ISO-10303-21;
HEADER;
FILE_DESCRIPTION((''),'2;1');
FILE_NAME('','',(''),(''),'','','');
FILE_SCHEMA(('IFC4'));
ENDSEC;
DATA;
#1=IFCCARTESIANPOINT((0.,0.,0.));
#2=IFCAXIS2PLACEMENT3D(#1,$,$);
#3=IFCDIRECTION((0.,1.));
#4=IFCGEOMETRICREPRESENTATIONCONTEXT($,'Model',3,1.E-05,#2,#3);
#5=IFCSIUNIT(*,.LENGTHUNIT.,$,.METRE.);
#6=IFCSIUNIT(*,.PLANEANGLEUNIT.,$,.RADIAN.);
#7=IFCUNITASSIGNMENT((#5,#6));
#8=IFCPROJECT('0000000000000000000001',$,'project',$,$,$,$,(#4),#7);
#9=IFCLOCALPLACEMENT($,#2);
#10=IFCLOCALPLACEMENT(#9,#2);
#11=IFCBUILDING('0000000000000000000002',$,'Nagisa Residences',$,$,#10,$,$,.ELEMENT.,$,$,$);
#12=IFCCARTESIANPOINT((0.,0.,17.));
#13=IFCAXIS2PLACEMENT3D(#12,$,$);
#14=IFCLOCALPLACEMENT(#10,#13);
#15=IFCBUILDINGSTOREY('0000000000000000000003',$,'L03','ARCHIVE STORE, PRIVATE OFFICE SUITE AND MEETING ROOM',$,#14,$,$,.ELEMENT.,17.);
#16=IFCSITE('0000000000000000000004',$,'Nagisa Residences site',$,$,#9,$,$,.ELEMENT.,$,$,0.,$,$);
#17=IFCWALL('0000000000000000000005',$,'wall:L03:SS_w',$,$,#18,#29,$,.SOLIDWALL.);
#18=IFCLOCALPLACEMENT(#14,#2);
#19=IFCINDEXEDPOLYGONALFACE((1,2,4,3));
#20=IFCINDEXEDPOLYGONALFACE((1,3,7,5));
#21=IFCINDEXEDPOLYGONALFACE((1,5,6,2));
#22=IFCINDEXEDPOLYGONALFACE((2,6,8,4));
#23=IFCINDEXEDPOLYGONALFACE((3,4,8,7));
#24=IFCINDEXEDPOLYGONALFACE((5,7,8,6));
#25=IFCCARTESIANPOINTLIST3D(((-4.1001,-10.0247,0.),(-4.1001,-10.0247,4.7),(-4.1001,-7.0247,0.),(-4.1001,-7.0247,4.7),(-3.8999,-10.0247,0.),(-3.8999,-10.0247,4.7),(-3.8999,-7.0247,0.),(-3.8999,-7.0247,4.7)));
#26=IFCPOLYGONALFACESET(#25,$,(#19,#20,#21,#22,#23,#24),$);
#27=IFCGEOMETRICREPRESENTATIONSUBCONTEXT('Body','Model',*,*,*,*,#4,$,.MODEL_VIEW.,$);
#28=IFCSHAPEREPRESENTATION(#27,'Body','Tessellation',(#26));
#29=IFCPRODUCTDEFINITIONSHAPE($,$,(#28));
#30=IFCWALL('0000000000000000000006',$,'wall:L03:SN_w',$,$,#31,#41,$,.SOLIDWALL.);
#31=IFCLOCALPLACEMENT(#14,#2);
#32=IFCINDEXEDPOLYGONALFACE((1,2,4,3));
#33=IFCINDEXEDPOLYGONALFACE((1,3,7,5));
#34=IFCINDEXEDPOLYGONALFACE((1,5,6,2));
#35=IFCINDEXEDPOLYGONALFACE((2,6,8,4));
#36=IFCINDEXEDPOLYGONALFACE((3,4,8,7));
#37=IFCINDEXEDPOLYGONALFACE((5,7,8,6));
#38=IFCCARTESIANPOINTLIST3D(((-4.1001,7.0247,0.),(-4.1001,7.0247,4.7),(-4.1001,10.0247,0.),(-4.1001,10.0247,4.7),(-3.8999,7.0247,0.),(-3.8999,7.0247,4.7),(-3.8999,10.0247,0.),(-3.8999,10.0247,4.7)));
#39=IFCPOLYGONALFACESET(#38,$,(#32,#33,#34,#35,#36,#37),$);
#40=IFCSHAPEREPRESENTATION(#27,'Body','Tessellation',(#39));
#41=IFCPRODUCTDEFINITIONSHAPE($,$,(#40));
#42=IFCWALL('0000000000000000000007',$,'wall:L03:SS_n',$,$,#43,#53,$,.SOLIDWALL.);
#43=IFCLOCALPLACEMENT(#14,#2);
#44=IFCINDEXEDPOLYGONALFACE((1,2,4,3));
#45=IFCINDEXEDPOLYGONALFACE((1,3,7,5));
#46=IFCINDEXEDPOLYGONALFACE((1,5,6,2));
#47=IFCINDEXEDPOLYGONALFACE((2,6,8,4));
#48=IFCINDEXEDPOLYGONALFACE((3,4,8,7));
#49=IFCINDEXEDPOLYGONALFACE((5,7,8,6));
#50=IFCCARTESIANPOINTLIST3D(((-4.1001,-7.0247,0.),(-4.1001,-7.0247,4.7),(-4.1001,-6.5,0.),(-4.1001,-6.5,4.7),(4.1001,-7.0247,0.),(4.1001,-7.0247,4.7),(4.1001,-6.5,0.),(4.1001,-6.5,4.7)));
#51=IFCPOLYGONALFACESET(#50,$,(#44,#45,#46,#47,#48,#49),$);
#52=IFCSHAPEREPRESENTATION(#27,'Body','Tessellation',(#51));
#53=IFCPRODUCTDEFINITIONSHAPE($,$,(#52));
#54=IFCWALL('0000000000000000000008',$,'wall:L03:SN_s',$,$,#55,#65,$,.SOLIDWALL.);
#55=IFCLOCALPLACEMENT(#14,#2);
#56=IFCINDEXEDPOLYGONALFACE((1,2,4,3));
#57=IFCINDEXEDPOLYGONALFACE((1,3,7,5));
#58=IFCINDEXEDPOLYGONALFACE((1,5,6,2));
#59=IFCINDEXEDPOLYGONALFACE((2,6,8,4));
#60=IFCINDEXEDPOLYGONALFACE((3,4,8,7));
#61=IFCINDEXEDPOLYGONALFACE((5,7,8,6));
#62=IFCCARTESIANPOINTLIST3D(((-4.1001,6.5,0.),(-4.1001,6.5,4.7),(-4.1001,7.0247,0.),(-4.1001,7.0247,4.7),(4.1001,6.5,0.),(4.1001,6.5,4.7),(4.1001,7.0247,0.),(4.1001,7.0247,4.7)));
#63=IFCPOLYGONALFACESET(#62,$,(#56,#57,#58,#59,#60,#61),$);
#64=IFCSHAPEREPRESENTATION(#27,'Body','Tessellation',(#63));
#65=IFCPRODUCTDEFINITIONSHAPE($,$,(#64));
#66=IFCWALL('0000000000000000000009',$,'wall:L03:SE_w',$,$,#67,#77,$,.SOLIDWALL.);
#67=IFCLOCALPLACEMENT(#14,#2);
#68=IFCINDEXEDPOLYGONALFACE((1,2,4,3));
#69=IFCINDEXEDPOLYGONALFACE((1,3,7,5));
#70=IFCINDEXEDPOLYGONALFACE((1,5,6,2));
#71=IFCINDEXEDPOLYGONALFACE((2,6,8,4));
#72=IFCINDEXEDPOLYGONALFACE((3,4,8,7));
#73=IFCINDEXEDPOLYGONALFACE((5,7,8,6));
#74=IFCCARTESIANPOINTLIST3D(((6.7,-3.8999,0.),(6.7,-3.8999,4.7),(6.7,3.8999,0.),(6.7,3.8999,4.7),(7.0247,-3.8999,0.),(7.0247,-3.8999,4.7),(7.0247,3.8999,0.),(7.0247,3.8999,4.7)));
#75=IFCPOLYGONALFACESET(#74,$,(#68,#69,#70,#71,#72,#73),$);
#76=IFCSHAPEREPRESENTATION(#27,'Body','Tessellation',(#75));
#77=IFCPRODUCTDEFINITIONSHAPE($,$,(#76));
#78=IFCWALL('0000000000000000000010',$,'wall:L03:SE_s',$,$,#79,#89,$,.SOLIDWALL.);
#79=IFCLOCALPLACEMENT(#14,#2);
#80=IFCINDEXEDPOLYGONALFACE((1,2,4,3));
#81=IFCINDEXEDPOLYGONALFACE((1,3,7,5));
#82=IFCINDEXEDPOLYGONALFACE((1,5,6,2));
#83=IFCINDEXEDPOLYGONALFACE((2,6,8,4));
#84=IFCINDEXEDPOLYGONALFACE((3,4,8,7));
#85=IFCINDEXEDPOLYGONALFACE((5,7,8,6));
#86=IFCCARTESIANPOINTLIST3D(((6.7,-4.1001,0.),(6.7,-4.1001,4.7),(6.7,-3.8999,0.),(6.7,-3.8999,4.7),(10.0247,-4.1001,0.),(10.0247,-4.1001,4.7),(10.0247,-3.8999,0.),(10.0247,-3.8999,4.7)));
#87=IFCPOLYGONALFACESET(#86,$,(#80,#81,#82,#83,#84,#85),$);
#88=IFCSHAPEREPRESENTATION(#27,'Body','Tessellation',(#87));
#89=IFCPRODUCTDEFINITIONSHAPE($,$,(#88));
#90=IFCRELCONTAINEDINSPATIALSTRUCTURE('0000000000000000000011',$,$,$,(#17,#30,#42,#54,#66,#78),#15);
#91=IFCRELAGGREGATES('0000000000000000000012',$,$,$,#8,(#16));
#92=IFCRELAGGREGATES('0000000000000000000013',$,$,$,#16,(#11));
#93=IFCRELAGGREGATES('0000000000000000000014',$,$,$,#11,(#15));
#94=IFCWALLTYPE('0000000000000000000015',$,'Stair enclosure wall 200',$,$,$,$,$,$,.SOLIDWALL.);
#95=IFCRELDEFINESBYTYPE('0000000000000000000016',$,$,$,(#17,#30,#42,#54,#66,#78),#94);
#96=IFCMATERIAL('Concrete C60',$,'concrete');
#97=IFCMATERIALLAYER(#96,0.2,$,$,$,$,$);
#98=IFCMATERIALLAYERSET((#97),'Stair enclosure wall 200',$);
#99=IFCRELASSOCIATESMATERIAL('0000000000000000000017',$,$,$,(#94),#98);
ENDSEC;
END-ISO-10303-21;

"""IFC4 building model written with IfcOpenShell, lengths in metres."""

from ifc_helpers import new_model, si_unit, direction, frame, origin, place, context, subcontext, project, spatial, polyline, outline, extrude, material, layer, layer_set, type_object, element, save


model = new_model("IFC4")

# Units and contexts
model_context = context("Model", 3, precision=1e-05, world=origin(), true_north=direction((0.0, 1.0)))
body_context = subcontext(model_context, "Body", "Model", "MODEL_VIEW")
ifc_project = project(units=[si_unit("LENGTHUNIT", "METRE"), si_unit("PLANEANGLEUNIT", "RADIAN")], contexts=[model_context])

# Site, building, storey
site_placement = place(None, origin())
site = spatial("IfcSite", under=ifc_project, at=site_placement, Name="Nagisa Residences site", CompositionType="ELEMENT", RefElevation=0.0)
building_placement = place(site_placement, origin())
building = spatial("IfcBuilding", under=site, at=building_placement, Name="Nagisa Residences", CompositionType="ELEMENT")
storey_placement = place(building_placement, frame((0.0, 0.0, 17.0)))
storey = spatial("IfcBuildingStorey", under=building, at=storey_placement, Name="L03", Description="ARCHIVE STORE, PRIVATE OFFICE SUITE AND MEETING ROOM", CompositionType="ELEMENT", Elevation=17.0)

# Walls
ifc_material_1 = material(Name="Concrete C60", Category="concrete")
ifc_layer_1 = layer(ifc_material_1, 0.2)
ifc_layer_set_1 = layer_set([ifc_layer_1], Name="Stair enclosure wall 200")
wall_type_1 = type_object("IfcWallType", Name="Stair enclosure wall 200", PredefinedType="SOLIDWALL", material=ifc_layer_set_1)
wall_1_placement = place(storey_placement, origin())
element("IfcWall", 1, at=wall_1_placement, inside=storey, type_object=wall_type_1, Name="wall:L03:SS_w", PredefinedType="SOLIDWALL", context=body_context, shape_type="SweptSolid", body=[
    extrude(outline(polyline([(-3.8999, -10.0247), (-4.1001, -10.0247), (-4.1001, -7.0247), (-3.8999, -7.0247), (-3.8999, -10.0247)])), origin(), (0.0, 0.0, 1.0), 4.7),
])
wall_2_placement = place(storey_placement, origin())
element("IfcWall", 2, at=wall_2_placement, inside=storey, type_object=wall_type_1, Name="wall:L03:SN_w", PredefinedType="SOLIDWALL", context=body_context, shape_type="SweptSolid", body=[
    extrude(outline(polyline([(-3.8999, 7.0247), (-4.1001, 7.0247), (-4.1001, 10.0247), (-3.8999, 10.0247), (-3.8999, 7.0247)])), origin(), (0.0, 0.0, 1.0), 4.7),
])
wall_3_placement = place(storey_placement, origin())
element("IfcWall", 3, at=wall_3_placement, inside=storey, type_object=wall_type_1, Name="wall:L03:SS_n", PredefinedType="SOLIDWALL", context=body_context, shape_type="SweptSolid", body=[
    extrude(outline(polyline([(4.1001, -7.0247), (-4.1001, -7.0247), (-4.1001, -6.5), (4.1001, -6.5), (4.1001, -7.0247)])), origin(), (0.0, 0.0, 1.0), 4.7),
])
wall_4_placement = place(storey_placement, origin())
element("IfcWall", 4, at=wall_4_placement, inside=storey, type_object=wall_type_1, Name="wall:L03:SN_s", PredefinedType="SOLIDWALL", context=body_context, shape_type="SweptSolid", body=[
    extrude(outline(polyline([(4.1001, 6.5), (-4.1001, 6.5), (-4.1001, 7.0247), (4.1001, 7.0247), (4.1001, 6.5)])), origin(), (0.0, 0.0, 1.0), 4.7),
])
wall_5_placement = place(storey_placement, origin())
element("IfcWall", 5, at=wall_5_placement, inside=storey, type_object=wall_type_1, Name="wall:L03:SE_w", PredefinedType="SOLIDWALL", context=body_context, shape_type="SweptSolid", body=[
    extrude(outline(polyline([(7.0247, -3.8999), (6.7, -3.8999), (6.7, 3.8999), (7.0247, 3.8999), (7.0247, -3.8999)])), origin(), (0.0, 0.0, 1.0), 4.7),
])
wall_6_placement = place(storey_placement, origin())
element("IfcWall", 6, at=wall_6_placement, inside=storey, type_object=wall_type_1, Name="wall:L03:SE_s", PredefinedType="SOLIDWALL", context=body_context, shape_type="SweptSolid", body=[
    extrude(outline(polyline([(10.0247, -4.1001), (6.7, -4.1001), (6.7, -3.8999), (10.0247, -3.8999), (10.0247, -4.1001)])), origin(), (0.0, 0.0, 1.0), 4.7),
])

save(model, "model.ifc")
